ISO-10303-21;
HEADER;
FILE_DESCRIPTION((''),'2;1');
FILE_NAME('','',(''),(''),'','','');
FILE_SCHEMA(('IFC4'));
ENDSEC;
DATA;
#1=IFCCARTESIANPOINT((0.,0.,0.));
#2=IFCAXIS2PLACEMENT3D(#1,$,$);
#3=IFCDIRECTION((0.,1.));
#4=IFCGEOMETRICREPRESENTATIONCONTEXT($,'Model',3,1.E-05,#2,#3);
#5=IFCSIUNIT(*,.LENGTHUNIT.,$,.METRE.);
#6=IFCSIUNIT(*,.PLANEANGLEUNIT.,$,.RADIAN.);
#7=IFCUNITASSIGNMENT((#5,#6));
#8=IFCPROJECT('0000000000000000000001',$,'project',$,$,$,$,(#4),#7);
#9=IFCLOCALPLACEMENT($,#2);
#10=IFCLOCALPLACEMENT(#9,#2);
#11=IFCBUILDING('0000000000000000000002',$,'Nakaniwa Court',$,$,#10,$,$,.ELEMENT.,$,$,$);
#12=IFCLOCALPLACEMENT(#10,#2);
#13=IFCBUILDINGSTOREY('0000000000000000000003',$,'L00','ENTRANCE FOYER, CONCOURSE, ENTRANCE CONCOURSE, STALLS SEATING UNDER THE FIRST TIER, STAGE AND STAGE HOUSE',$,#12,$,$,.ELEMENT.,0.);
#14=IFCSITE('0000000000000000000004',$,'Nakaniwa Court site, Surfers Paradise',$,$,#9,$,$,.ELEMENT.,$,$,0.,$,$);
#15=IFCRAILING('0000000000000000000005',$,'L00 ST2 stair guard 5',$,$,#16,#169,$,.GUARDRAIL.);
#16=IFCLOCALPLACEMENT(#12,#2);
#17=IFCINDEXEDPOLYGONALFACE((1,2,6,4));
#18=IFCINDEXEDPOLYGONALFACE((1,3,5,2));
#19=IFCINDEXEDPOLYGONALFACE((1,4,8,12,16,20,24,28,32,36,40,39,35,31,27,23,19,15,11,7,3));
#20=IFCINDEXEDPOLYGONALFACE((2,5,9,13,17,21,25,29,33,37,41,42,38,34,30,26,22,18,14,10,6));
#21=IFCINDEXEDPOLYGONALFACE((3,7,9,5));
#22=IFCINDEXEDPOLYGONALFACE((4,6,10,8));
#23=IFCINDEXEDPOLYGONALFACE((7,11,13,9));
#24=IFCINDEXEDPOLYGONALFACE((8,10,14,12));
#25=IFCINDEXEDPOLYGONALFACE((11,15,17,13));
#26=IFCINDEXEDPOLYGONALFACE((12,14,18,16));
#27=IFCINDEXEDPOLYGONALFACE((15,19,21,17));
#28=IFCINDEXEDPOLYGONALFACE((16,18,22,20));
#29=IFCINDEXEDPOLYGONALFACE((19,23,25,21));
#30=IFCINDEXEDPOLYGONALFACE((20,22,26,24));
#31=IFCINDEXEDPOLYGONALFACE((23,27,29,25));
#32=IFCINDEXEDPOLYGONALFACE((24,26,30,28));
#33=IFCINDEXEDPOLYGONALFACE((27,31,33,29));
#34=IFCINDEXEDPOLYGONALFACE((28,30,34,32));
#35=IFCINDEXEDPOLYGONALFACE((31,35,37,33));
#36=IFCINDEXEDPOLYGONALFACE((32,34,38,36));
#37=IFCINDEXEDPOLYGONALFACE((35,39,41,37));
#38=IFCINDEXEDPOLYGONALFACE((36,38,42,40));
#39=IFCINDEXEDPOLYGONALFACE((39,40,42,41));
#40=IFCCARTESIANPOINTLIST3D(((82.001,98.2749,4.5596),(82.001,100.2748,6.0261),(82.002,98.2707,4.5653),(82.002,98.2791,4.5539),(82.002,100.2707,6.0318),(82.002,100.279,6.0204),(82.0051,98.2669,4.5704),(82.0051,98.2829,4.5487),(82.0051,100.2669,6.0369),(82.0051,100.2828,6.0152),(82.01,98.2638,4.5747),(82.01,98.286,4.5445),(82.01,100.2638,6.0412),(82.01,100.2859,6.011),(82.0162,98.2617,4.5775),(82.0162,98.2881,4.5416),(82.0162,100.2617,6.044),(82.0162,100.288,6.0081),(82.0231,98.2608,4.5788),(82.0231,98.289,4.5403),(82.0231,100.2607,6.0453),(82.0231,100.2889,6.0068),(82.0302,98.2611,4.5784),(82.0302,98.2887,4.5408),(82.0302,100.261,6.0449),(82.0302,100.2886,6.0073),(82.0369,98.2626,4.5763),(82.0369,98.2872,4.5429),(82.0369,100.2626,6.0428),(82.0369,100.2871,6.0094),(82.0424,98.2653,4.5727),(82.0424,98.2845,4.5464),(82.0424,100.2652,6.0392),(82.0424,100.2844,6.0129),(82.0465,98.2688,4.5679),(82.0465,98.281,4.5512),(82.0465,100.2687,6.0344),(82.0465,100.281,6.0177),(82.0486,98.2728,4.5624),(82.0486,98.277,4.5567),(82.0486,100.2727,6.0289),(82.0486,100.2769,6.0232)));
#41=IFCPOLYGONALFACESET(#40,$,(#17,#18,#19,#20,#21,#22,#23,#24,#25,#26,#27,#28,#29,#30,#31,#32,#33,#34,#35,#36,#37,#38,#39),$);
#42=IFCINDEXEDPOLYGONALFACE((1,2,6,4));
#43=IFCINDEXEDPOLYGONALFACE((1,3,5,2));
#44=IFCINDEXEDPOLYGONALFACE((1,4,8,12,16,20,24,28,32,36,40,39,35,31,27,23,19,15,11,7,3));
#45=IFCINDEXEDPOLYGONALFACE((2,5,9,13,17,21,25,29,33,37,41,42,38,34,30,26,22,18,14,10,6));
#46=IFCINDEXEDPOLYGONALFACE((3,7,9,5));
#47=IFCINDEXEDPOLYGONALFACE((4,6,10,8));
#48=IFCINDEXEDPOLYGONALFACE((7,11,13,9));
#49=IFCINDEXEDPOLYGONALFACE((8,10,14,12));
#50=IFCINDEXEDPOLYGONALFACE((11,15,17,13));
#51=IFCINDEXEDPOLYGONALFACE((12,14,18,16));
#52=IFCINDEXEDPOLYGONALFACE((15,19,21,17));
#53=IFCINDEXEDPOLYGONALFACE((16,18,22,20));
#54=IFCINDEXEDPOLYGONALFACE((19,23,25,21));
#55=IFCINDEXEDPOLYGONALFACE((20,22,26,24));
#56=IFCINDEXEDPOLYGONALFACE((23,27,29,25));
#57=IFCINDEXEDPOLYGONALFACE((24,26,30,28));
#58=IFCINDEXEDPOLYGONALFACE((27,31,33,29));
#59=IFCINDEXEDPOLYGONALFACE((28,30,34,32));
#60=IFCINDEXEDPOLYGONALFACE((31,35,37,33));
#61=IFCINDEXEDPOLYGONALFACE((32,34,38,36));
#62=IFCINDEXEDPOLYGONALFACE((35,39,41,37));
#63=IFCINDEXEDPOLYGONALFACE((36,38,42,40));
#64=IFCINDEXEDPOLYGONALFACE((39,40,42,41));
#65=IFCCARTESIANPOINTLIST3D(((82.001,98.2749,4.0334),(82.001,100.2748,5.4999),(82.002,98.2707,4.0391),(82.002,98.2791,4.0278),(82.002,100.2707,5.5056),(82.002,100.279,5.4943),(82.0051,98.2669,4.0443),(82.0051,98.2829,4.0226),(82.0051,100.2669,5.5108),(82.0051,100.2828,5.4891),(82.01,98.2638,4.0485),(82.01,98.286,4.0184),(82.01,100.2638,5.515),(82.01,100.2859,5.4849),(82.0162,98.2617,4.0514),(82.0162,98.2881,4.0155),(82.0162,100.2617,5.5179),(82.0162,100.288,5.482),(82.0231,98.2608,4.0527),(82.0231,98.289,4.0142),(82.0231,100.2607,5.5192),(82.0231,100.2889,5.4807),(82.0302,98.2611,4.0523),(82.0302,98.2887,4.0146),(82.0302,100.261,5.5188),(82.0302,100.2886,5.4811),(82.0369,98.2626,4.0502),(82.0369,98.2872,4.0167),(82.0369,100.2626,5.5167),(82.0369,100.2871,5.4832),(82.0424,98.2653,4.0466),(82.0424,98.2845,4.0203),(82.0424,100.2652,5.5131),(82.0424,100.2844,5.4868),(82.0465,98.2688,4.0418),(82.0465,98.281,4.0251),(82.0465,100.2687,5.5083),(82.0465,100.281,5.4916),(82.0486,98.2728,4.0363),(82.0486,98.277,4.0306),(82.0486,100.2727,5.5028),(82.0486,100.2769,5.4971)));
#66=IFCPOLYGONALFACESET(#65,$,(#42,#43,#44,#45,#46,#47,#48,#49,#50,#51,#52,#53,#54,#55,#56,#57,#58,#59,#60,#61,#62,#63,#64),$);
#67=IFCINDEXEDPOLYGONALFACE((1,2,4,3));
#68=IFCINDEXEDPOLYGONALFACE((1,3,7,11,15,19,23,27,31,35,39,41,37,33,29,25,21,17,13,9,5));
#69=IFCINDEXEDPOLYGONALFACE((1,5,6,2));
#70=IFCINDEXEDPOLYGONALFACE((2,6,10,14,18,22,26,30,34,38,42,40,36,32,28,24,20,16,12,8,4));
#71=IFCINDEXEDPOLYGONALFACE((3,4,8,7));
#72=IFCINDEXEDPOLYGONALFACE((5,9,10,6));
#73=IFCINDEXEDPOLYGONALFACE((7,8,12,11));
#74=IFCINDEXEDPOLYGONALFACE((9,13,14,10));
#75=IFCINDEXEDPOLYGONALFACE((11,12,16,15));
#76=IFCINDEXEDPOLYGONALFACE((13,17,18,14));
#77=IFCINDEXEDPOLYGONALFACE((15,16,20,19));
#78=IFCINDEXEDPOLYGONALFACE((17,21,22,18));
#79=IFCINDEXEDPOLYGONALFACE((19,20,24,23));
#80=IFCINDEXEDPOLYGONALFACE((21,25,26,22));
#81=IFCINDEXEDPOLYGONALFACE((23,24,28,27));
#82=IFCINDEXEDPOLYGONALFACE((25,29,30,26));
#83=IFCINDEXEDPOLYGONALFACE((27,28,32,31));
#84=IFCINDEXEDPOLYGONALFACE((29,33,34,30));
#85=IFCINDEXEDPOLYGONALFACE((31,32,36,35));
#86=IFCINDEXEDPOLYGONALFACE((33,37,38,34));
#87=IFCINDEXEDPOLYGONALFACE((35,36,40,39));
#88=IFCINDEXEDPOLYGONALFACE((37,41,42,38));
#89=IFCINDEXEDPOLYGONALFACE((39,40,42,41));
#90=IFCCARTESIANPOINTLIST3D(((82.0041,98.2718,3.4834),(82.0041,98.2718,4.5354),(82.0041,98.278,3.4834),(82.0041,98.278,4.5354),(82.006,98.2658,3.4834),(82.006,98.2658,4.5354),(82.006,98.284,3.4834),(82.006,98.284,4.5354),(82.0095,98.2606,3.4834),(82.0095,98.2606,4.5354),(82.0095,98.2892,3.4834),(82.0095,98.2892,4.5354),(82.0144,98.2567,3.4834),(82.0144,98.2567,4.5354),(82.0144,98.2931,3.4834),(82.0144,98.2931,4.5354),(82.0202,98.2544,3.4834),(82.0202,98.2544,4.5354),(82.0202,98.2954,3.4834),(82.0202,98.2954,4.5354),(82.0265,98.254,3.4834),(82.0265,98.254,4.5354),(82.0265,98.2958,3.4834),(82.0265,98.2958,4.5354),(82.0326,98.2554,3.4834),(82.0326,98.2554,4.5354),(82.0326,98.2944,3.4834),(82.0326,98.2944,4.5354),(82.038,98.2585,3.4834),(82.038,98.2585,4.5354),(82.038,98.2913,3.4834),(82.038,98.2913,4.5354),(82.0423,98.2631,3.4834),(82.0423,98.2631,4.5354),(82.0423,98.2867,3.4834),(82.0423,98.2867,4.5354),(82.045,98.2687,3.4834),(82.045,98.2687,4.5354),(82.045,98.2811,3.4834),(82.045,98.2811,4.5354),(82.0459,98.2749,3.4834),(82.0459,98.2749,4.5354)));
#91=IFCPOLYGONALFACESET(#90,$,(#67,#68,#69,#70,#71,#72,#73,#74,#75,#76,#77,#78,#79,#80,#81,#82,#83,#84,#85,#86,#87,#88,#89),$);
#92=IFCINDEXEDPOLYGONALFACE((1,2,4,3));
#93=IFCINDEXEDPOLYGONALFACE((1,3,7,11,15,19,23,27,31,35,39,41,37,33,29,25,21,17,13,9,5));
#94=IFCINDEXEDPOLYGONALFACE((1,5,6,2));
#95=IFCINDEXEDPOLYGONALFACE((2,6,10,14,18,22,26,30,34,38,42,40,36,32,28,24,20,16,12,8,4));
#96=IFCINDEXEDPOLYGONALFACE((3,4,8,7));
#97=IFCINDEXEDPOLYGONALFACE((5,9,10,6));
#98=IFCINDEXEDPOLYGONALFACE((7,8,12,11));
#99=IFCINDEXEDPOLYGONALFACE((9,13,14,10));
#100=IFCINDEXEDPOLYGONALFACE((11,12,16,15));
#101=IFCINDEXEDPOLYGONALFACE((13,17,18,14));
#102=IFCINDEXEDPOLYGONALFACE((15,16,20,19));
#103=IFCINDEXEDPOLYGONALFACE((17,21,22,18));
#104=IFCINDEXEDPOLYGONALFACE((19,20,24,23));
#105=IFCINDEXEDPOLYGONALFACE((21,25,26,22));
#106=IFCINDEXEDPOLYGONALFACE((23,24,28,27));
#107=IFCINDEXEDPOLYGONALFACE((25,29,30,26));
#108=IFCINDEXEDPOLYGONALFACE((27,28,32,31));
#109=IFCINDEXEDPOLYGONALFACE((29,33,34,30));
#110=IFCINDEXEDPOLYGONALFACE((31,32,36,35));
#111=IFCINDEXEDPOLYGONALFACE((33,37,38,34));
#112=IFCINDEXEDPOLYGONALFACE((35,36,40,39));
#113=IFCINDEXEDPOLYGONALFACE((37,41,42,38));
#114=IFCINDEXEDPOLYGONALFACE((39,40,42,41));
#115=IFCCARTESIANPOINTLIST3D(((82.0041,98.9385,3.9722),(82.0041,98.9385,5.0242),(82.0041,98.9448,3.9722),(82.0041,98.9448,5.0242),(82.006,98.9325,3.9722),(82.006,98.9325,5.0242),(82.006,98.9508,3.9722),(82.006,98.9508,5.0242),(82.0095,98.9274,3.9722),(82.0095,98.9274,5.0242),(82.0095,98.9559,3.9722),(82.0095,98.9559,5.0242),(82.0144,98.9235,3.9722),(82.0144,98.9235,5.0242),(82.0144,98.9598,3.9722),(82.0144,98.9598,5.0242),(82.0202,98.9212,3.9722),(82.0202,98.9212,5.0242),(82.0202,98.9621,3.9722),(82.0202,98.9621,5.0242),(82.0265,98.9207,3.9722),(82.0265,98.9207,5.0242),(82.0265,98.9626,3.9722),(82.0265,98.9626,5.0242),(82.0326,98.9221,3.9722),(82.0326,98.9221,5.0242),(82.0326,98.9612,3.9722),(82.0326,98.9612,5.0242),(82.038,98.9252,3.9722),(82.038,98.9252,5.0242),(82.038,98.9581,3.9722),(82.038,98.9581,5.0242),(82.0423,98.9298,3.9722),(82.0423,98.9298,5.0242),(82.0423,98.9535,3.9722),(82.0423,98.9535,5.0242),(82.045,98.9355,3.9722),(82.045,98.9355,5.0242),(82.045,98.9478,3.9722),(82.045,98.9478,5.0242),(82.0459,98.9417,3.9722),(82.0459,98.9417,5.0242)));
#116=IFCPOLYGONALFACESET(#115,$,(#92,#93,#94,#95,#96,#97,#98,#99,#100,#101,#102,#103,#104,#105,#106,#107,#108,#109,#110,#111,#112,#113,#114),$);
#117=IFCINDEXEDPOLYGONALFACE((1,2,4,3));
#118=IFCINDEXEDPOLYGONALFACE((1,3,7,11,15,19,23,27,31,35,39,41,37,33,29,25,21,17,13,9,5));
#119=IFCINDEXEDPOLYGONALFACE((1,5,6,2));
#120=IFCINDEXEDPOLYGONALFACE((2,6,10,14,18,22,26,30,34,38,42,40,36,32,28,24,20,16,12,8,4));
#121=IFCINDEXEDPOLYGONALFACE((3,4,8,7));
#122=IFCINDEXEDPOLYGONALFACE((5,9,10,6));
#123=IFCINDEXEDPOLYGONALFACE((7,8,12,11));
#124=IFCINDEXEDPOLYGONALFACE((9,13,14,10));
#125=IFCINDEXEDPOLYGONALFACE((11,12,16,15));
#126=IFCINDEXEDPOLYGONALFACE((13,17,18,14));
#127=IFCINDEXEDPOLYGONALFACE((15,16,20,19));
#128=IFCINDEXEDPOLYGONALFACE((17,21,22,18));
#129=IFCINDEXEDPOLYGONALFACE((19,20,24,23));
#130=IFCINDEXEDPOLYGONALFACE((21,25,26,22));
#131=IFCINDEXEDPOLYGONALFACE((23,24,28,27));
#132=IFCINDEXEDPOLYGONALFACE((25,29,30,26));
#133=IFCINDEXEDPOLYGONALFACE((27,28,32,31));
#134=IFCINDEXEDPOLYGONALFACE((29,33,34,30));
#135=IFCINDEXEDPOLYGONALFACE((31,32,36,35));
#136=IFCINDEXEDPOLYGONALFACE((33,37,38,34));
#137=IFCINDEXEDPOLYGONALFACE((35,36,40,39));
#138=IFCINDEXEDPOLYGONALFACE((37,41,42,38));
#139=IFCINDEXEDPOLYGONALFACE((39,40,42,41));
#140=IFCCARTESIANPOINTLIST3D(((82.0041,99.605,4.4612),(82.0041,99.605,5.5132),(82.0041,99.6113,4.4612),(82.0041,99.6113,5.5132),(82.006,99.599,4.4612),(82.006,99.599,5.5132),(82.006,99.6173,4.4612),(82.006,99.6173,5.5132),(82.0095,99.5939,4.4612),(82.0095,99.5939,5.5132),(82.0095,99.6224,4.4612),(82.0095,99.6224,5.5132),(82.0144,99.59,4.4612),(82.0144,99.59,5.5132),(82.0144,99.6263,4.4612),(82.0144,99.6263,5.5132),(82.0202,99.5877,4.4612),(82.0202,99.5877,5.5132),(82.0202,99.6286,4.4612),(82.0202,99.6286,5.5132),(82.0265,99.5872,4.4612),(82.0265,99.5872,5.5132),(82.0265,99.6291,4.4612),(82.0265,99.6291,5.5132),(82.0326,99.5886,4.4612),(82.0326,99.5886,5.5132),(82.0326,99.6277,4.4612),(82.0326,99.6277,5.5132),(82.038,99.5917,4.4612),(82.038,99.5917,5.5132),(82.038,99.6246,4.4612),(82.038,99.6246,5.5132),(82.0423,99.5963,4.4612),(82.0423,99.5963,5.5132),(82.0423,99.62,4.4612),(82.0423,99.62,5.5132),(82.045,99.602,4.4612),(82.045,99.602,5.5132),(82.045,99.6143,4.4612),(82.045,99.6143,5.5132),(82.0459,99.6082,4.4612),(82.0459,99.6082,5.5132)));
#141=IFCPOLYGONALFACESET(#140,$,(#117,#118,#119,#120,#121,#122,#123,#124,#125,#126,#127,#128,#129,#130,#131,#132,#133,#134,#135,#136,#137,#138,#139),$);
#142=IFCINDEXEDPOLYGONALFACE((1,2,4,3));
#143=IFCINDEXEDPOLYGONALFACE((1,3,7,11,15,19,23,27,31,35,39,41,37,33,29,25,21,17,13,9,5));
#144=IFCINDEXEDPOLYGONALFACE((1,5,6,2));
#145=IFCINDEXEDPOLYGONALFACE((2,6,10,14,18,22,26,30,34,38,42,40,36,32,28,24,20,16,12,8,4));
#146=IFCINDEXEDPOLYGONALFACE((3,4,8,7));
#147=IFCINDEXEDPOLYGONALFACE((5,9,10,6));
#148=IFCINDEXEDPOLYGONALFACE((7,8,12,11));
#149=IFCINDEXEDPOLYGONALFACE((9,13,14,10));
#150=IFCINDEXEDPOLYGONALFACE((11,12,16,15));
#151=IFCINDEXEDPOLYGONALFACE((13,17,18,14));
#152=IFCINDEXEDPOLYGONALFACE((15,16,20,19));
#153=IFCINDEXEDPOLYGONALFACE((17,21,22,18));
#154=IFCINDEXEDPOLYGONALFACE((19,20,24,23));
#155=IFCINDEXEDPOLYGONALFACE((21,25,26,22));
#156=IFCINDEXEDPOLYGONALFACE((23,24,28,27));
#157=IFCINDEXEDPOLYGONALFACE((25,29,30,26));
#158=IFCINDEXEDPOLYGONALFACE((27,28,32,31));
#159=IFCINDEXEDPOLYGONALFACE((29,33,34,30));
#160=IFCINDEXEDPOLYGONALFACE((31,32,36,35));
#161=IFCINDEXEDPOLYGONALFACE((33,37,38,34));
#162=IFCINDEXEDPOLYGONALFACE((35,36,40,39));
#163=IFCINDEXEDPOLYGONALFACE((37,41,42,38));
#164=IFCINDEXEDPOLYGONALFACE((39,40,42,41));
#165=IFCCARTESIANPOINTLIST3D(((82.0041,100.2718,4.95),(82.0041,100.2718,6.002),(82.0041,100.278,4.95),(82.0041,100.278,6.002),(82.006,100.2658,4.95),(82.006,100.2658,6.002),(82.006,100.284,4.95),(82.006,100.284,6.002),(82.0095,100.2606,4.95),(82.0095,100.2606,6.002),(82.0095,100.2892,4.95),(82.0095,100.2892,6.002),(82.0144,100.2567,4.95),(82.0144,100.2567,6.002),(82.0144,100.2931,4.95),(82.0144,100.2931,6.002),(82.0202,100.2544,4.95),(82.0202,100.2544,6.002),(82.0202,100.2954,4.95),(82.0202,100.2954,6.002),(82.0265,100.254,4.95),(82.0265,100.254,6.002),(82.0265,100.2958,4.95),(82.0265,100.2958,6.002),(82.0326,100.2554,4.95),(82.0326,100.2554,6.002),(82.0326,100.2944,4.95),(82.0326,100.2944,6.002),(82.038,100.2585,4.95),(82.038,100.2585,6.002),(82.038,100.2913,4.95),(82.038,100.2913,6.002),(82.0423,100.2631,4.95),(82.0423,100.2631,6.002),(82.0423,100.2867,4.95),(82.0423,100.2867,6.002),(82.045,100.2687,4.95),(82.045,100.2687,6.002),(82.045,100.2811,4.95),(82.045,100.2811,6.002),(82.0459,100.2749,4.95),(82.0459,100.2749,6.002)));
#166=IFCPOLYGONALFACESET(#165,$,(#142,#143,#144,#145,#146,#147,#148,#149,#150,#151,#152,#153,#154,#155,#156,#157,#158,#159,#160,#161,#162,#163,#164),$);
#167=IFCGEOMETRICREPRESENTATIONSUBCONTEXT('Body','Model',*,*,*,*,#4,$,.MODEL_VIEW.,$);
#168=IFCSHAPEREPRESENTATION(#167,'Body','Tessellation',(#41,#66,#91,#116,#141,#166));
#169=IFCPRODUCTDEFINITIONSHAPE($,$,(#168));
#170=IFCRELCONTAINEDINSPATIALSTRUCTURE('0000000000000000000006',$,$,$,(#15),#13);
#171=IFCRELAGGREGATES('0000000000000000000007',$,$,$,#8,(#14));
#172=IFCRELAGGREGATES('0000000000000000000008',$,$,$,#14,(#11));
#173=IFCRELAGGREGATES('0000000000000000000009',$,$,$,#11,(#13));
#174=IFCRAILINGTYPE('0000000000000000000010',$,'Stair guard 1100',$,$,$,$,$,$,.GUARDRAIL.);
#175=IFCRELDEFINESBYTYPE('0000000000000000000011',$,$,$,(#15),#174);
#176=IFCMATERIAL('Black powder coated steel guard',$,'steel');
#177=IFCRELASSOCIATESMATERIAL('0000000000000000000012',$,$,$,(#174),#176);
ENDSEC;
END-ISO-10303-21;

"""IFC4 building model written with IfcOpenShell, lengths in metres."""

from ifc_helpers import new_model, si_unit, direction, frame, origin, origin_2d, place, context, subcontext, project, spatial, circle, extrude, material, type_object, element, save


model = new_model("IFC4")

# Units and contexts
model_context = context("Model", 3, precision=1e-05, world=origin(), true_north=direction((0.0, 1.0)))
body_context = subcontext(model_context, "Body", "Model", "MODEL_VIEW")
ifc_project = project(units=[si_unit("LENGTHUNIT", "METRE"), si_unit("PLANEANGLEUNIT", "RADIAN")], contexts=[model_context])

# Site, building, storey
site_placement = place(None, origin())
site = spatial("IfcSite", under=ifc_project, at=site_placement, Name="Nakaniwa Court site, Surfers Paradise", CompositionType="ELEMENT", RefElevation=0.0)
building_placement = place(site_placement, origin())
building = spatial("IfcBuilding", under=site, at=building_placement, Name="Nakaniwa Court", CompositionType="ELEMENT")
storey_placement = place(building_placement, origin())
storey = spatial("IfcBuildingStorey", under=building, at=storey_placement, Name="L00", Description="ENTRANCE FOYER, CONCOURSE, ENTRANCE CONCOURSE, STALLS SEATING UNDER THE FIRST TIER, STAGE AND STAGE HOUSE", CompositionType="ELEMENT", Elevation=0.0)

# Railing
ifc_material_1 = material(Name="Black powder coated steel guard", Category="steel")
railing_type_1 = type_object("IfcRailingType", Name="Stair guard 1100", PredefinedType="GUARDRAIL", material=ifc_material_1)
railing_1_placement = place(storey_placement, frame((82.0249, 98.2749, 3.4834)))
element("IfcRailing", 1, at=railing_1_placement, inside=storey, type_object=railing_type_1, Name="L00 ST2 stair guard 5", PredefinedType="GUARDRAIL", context=body_context, shape_type="SweptSolid", body=[
    extrude(circle(Radius=0.0239, at=origin_2d()), frame((0.0, 0.0, 1.0762), z_axis=(0.0, 0.806427, 0.591334), x_axis=(-1.0, 0.0, 0.0)), (0.0, 0.0, 1.0), 2.48),
    extrude(circle(Radius=0.0239, at=origin_2d()), frame((0.0, 0.0, 0.55), z_axis=(0.0, 0.806427, 0.591334), x_axis=(-1.0, 0.0, 0.0)), (0.0, 0.0, 1.0), 2.48),
    extrude(circle(Radius=0.021, at=origin_2d()), origin(), (0.0, 0.0, 1.0), 1.052),
    extrude(circle(Radius=0.021, at=origin_2d()), frame((0.0, 0.6667, 0.4888)), (0.0, 0.0, 1.0), 1.052),
    extrude(circle(Radius=0.021, at=origin_2d()), frame((0.0, 1.3333, 0.9778)), (0.0, 0.0, 1.0), 1.052),
    extrude(circle(Radius=0.021, at=origin_2d()), frame((0.0, 2.0, 1.4666)), (0.0, 0.0, 1.0), 1.052),
])

save(model, "model.ifc")
